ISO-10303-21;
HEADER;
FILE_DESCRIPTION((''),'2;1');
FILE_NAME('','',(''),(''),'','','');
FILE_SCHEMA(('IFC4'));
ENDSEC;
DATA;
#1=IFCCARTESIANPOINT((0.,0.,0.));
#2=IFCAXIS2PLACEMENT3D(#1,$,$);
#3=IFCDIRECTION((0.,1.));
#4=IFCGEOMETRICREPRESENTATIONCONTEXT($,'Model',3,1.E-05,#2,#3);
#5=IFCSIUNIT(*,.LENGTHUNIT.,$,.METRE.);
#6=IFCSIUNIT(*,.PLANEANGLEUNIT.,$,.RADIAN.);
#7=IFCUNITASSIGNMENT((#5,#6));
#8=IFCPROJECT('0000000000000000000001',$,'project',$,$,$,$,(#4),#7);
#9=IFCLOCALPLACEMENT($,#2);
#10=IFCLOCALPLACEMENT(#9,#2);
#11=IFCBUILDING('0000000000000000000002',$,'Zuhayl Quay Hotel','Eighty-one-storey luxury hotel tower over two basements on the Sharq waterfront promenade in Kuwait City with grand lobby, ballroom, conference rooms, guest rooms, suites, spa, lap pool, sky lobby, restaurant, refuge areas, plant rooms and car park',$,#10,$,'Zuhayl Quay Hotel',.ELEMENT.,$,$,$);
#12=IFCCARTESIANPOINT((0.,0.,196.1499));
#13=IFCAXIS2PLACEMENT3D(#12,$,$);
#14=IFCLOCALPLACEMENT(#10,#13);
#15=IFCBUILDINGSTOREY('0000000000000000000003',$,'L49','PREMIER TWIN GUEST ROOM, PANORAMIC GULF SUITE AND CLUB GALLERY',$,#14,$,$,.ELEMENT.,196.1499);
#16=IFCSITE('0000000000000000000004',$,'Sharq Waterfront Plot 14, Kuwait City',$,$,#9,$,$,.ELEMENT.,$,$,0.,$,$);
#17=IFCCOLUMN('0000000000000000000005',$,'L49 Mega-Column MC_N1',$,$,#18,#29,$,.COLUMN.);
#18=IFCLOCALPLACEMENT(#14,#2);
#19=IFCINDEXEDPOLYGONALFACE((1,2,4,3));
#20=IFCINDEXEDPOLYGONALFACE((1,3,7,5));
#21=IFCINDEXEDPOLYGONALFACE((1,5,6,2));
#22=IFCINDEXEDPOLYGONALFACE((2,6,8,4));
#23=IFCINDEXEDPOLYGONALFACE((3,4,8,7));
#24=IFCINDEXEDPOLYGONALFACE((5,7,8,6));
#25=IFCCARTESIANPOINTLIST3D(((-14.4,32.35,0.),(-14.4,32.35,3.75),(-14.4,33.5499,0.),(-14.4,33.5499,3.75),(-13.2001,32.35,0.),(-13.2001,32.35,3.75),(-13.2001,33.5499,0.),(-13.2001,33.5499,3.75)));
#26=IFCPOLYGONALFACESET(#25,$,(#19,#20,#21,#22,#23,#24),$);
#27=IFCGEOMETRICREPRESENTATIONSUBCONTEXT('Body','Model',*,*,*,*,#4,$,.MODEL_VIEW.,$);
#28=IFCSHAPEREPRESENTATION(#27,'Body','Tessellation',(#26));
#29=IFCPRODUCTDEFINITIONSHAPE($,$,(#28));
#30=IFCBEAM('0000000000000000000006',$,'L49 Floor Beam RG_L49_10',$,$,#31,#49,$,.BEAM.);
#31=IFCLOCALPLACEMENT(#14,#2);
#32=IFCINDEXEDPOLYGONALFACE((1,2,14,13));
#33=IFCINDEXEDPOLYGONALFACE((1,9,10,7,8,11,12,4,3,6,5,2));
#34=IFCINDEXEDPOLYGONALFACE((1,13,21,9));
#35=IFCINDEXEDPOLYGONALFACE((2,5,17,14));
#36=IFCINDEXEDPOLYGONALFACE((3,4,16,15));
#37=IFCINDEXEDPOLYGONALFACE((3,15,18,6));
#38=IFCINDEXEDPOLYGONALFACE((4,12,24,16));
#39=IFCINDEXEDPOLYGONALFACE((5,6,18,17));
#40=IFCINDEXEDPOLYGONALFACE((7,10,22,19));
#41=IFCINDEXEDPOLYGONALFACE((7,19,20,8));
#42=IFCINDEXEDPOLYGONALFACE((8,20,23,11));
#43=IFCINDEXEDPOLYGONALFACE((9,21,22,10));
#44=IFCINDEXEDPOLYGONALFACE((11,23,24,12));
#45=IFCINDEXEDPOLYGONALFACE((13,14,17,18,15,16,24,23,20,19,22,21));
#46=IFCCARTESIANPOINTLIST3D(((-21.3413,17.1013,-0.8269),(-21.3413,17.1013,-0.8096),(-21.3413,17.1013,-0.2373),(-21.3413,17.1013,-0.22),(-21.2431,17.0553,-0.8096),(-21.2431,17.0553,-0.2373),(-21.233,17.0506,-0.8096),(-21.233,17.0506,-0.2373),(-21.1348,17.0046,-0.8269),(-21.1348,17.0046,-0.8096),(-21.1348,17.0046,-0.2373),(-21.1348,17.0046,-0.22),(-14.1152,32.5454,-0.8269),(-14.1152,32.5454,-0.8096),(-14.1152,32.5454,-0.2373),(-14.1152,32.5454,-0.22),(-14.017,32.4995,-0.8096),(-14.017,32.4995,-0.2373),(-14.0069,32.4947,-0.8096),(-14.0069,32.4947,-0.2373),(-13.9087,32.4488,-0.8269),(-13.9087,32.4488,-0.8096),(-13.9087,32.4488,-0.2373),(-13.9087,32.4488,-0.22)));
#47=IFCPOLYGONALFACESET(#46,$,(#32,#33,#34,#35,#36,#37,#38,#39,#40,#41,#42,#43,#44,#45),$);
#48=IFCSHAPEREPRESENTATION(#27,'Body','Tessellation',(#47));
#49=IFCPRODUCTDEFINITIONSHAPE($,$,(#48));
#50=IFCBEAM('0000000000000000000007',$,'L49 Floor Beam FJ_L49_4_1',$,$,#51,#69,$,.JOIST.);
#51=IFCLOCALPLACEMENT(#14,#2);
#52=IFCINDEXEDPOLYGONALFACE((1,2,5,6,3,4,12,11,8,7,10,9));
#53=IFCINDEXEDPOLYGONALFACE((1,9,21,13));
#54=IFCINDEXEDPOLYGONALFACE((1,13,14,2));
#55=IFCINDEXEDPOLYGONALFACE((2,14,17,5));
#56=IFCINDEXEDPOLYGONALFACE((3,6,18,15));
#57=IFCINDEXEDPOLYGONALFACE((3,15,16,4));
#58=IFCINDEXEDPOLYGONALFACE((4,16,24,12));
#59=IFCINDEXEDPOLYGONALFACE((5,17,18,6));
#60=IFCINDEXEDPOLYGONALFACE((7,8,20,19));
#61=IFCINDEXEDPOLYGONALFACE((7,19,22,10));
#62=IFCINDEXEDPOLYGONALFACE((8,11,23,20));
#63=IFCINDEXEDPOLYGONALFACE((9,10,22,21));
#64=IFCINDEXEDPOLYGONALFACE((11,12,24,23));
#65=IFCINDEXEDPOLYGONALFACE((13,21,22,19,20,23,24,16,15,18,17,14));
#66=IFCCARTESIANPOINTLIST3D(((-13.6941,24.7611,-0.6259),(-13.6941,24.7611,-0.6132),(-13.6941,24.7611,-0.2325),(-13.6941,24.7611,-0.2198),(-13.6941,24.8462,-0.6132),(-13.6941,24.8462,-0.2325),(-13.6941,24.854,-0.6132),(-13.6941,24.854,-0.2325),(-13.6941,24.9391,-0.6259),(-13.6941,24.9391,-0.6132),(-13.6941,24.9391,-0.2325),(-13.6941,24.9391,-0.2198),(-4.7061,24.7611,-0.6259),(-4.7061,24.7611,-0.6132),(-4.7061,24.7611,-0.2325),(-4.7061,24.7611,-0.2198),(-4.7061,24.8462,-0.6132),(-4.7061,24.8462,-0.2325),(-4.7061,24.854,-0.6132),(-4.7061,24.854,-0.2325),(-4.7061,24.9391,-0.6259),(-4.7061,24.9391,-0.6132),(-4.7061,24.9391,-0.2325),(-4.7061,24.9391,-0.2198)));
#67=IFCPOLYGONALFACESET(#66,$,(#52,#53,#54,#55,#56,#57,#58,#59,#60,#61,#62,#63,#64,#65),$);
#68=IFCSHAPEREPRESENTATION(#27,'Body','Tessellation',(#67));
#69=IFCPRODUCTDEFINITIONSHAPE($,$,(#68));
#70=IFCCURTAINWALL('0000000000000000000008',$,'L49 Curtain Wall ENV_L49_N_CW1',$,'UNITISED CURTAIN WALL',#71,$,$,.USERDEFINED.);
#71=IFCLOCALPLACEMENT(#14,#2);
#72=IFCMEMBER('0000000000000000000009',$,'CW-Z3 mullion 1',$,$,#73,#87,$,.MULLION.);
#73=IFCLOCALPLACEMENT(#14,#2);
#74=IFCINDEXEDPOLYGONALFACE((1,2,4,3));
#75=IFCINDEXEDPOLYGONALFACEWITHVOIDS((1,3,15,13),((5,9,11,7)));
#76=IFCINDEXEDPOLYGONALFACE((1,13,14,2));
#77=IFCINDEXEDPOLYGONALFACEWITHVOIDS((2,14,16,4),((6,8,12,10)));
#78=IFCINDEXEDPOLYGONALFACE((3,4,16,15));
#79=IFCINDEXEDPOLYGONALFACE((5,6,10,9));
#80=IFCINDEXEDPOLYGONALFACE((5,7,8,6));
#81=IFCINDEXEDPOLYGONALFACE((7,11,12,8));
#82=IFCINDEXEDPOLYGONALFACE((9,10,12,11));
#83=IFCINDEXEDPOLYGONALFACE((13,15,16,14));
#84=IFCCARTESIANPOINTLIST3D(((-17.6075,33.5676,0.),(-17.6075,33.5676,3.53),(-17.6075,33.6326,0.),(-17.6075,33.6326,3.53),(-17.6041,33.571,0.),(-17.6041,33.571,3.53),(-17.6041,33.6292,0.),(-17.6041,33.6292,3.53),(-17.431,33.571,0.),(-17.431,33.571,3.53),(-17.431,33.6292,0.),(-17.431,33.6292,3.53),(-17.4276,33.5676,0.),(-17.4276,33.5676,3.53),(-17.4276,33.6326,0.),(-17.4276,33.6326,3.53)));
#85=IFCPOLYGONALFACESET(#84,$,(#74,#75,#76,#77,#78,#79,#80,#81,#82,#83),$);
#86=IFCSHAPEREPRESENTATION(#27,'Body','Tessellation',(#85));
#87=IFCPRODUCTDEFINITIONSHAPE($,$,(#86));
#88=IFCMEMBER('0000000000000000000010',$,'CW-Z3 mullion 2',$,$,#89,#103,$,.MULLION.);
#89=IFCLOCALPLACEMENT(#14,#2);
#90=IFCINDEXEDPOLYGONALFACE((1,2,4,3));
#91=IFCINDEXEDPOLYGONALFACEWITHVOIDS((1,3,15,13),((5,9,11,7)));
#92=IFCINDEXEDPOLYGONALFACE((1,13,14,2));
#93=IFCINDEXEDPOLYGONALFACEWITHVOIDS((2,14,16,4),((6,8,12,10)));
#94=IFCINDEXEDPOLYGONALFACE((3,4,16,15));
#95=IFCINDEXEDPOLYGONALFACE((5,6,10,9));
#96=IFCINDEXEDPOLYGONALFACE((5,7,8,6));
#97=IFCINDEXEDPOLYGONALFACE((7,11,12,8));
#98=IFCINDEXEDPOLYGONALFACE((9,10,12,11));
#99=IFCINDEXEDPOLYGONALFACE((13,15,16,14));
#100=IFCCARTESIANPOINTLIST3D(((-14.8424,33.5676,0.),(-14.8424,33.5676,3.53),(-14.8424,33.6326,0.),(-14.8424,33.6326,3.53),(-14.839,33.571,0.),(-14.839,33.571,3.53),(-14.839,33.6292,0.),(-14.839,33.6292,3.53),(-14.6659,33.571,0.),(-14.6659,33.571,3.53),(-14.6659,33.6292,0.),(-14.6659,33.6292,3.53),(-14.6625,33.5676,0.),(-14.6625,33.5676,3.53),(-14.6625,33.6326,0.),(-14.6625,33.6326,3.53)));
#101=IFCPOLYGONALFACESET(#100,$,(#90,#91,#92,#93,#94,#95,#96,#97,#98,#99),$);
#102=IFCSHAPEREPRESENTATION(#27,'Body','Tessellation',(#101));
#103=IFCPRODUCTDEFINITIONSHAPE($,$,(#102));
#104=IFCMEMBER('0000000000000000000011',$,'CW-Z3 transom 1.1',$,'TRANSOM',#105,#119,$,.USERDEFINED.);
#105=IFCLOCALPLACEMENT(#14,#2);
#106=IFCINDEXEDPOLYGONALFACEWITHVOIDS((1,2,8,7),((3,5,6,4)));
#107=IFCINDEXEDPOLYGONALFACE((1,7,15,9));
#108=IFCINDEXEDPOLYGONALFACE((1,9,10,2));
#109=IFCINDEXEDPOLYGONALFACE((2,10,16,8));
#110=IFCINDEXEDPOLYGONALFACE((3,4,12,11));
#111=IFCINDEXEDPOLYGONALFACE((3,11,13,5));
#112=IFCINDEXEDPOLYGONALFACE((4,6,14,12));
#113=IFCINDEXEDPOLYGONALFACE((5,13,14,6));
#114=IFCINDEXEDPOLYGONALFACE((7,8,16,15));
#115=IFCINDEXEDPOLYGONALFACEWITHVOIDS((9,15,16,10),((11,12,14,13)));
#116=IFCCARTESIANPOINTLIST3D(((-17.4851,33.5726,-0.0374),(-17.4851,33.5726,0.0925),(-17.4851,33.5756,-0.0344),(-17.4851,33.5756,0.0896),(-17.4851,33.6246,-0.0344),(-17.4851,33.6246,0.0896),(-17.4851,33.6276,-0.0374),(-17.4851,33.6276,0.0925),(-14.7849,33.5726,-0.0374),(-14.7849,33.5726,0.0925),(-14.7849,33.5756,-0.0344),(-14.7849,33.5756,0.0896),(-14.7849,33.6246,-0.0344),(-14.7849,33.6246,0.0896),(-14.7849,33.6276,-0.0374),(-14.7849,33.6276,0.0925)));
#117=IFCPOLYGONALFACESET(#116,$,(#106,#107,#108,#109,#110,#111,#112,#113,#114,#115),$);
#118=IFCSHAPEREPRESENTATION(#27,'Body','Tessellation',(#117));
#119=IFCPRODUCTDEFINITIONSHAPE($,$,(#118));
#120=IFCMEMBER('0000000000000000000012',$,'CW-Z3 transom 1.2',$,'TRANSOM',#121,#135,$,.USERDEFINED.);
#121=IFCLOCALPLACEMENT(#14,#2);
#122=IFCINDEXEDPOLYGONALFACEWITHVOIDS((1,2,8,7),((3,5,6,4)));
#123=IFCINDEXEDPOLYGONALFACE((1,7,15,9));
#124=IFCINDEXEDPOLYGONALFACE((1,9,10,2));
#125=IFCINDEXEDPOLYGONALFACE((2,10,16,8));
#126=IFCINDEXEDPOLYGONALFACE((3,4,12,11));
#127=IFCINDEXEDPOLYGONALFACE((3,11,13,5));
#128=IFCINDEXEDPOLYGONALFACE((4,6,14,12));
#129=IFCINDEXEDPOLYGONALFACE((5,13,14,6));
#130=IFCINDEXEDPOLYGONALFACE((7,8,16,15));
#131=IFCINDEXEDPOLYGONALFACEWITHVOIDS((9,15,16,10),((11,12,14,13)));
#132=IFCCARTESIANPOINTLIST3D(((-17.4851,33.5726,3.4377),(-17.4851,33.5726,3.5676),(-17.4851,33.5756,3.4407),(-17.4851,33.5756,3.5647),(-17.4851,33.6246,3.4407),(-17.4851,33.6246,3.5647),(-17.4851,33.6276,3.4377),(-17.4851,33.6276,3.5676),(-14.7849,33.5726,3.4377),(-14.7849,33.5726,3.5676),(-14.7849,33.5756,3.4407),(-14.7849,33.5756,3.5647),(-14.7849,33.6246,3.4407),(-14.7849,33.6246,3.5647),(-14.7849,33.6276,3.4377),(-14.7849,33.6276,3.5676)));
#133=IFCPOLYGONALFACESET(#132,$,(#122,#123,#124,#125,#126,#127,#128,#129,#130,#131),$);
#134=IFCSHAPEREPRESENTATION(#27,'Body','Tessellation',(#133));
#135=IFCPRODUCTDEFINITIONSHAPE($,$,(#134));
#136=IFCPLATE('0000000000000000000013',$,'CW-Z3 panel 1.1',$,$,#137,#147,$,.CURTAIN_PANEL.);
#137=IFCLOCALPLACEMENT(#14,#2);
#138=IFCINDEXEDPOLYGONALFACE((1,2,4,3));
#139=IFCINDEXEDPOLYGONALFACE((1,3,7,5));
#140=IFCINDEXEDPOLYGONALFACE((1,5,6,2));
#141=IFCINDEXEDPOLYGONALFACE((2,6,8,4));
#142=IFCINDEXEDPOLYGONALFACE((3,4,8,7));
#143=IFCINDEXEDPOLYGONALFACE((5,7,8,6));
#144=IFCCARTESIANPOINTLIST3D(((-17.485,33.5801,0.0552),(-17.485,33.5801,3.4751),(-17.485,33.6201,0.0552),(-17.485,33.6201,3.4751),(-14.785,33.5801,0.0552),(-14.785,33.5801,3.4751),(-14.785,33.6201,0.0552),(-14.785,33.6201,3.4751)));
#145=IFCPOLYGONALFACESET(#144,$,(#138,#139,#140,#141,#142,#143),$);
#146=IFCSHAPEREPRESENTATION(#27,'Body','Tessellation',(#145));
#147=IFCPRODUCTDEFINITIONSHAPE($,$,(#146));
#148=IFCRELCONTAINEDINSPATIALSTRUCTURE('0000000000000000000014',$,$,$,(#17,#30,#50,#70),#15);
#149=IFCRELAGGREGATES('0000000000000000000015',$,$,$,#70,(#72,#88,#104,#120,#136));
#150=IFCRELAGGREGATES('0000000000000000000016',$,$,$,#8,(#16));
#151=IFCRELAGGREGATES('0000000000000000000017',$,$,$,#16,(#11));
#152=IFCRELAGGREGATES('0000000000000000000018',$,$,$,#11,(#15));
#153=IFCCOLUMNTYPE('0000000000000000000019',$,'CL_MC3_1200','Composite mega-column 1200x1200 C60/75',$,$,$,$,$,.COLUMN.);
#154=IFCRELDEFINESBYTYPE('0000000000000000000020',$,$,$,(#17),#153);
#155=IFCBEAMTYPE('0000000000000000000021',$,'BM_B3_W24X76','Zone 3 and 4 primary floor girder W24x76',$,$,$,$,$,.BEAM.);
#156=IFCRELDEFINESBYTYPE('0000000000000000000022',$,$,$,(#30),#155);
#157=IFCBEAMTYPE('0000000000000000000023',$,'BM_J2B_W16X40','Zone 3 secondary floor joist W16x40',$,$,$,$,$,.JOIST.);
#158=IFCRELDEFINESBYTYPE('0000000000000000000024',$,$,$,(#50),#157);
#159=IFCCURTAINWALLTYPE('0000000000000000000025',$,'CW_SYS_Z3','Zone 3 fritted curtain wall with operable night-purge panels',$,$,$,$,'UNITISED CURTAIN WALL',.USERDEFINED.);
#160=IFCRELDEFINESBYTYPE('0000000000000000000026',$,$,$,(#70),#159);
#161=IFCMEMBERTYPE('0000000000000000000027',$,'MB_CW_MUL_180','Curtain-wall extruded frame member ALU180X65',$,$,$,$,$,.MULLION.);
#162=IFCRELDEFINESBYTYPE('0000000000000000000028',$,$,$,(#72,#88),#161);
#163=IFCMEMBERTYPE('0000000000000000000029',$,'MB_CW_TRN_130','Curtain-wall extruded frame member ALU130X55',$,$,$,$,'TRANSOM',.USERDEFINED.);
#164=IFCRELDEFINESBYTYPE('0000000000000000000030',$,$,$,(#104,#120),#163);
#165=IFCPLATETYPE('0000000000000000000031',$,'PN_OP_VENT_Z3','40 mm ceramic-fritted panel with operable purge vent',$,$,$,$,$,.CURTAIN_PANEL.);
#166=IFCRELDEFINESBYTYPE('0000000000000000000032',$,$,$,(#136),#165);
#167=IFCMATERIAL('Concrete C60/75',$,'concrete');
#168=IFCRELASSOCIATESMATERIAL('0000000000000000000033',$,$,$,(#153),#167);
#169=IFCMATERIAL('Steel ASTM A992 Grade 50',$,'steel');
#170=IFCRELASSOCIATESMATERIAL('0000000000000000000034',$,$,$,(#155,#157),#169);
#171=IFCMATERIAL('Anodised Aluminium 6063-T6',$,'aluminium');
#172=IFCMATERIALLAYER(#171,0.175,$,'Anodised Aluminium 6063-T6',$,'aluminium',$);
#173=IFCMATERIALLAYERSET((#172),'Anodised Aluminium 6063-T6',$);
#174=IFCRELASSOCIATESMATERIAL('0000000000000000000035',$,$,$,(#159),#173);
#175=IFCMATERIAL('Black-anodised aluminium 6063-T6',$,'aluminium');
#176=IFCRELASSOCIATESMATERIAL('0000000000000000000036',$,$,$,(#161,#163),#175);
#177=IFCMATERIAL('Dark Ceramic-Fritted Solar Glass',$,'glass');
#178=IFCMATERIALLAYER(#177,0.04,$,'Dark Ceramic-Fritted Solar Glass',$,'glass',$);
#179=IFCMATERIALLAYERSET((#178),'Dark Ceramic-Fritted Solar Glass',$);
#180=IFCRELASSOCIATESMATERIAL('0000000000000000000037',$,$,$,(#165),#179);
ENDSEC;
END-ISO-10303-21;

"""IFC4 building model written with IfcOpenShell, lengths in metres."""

from ifc_helpers import new_model, si_unit, direction, frame, origin, origin_2d, place, context, subcontext, project, spatial, rectangle, hollow_rectangle, i_section, extrude, material, layer, layer_set, material_profile, profile_set, type_object, element, aggregate, save


model = new_model("IFC4")

# Units and contexts
model_context = context("Model", 3, precision=1e-05, world=origin(), true_north=direction((0.0, 1.0)))
body_context = subcontext(model_context, "Body", "Model", "MODEL_VIEW")
ifc_project = project(units=[si_unit("LENGTHUNIT", "METRE"), si_unit("PLANEANGLEUNIT", "RADIAN")], contexts=[model_context])

# Site, building, storey
site_placement = place(None, origin())
site = spatial("IfcSite", under=ifc_project, at=site_placement, Name="Sharq Waterfront Plot 14, Kuwait City", CompositionType="ELEMENT", RefElevation=0.0)
building_placement = place(site_placement, origin())
building = spatial("IfcBuilding", under=site, at=building_placement, Name="Zuhayl Quay Hotel", Description="Eighty-one-storey luxury hotel tower over two basements on the Sharq waterfront promenade in Kuwait City with grand lobby, ballroom, conference rooms, guest rooms, suites, spa, lap pool, sky lobby, restaurant, refuge areas, plant rooms and car park", LongName="Zuhayl Quay Hotel", CompositionType="ELEMENT")
storey_placement = place(building_placement, frame((0.0, 0.0, 196.1499)))
storey = spatial("IfcBuildingStorey", under=building, at=storey_placement, Name="L49", Description="PREMIER TWIN GUEST ROOM, PANORAMIC GULF SUITE AND CLUB GALLERY", CompositionType="ELEMENT", Elevation=196.1499)

# Column
ifc_material_1 = material(Name="Concrete C60/75", Category="concrete")
ifc_material_profile_1 = material_profile(ifc_material_1, rectangle(XDim=1.2, YDim=1.2, at=origin_2d()), Name="RC1200X1200")
ifc_profile_set_1 = profile_set([ifc_material_profile_1], Name="Concrete C60/75")
column_type = type_object("IfcColumnType", Name="CL_MC3_1200", Description="Composite mega-column 1200x1200 C60/75", PredefinedType="COLUMN", material=ifc_profile_set_1)
column_placement = place(storey_placement, frame((-13.8, 32.95, 0.0), z_axis=(0.0, 0.0, 1.0), x_axis=(1.0, 0.0, 0.0)))
element("IfcColumn", 1, at=column_placement, inside=storey, type_object=column_type, Name="L49 Mega-Column MC_N1", PredefinedType="COLUMN", context=body_context, shape_type="SweptSolid", body=[
    extrude(rectangle(XDim=1.2, YDim=1.2, at=origin_2d()), origin(), (0.0, 0.0, 1.0), 3.75),
])

# Beams
ifc_material_2 = material(Name="Steel ASTM A992 Grade 50", Category="steel")
ifc_material_profile_2 = material_profile(ifc_material_2, i_section(OverallWidth=0.228, OverallDepth=0.6069, WebThickness=0.0112, FlangeThickness=0.0173, at=origin_2d()), Name="W24X76")
ifc_profile_set_2 = profile_set([ifc_material_profile_2], Name="Steel ASTM A992 Grade 50")
beam_type_1 = type_object("IfcBeamType", Name="BM_B3_W24X76", Description="Zone 3 and 4 primary floor girder W24x76", PredefinedType="BEAM", material=ifc_profile_set_2)
beam_1_placement = place(storey_placement, frame((-14.012, 32.4971, -0.5234), z_axis=(-0.423792, -0.905759, 0.0), x_axis=(0.905759, -0.423792, 0.0)))
element("IfcBeam", 2, at=beam_1_placement, inside=storey, type_object=beam_type_1, Name="L49 Floor Beam RG_L49_10", PredefinedType="BEAM", context=body_context, shape_type="SweptSolid", body=[
    extrude(i_section(OverallWidth=0.228, OverallDepth=0.6069, WebThickness=0.0112, FlangeThickness=0.0173, at=origin_2d()), origin(), (0.0, 0.0, 1.0), 17.051),
])
ifc_material_profile_3 = material_profile(ifc_material_2, i_section(OverallWidth=0.178, OverallDepth=0.406, WebThickness=0.0078, FlangeThickness=0.0127, at=origin_2d()), Name="W16X40")
ifc_profile_set_3 = profile_set([ifc_material_profile_3], Name="Steel ASTM A992 Grade 50")
beam_type_2 = type_object("IfcBeamType", Name="BM_J2B_W16X40", Description="Zone 3 secondary floor joist W16x40", PredefinedType="JOIST", material=ifc_profile_set_3)
beam_2_placement = place(storey_placement, frame((-13.6941, 24.8501, -0.4229), z_axis=(1.0, 0.0, 0.0), x_axis=(0.0, 1.0, 0.0)))
element("IfcBeam", 3, at=beam_2_placement, inside=storey, type_object=beam_type_2, Name="L49 Floor Beam FJ_L49_4_1", PredefinedType="JOIST", context=body_context, shape_type="SweptSolid", body=[
    extrude(i_section(OverallWidth=0.178, OverallDepth=0.406, WebThickness=0.0078, FlangeThickness=0.0127, at=origin_2d()), origin(), (0.0, 0.0, 1.0), 8.988),
])

# Curtain wall, members, plate
ifc_material_3 = material(Name="Anodised Aluminium 6063-T6", Category="aluminium")
ifc_layer_1 = layer(ifc_material_3, 0.175, Name="Anodised Aluminium 6063-T6", Category="aluminium")
ifc_layer_set_1 = layer_set([ifc_layer_1], Name="Anodised Aluminium 6063-T6")
curtain_wall_type = type_object("IfcCurtainWallType", Name="CW_SYS_Z3", Description="Zone 3 fritted curtain wall with operable night-purge panels", ElementType="UNITISED CURTAIN WALL", PredefinedType="USERDEFINED", material=ifc_layer_set_1)
curtain_wall_placement = place(storey_placement, origin())
curtain_wall = element("IfcCurtainWall", 4, at=curtain_wall_placement, inside=storey, type_object=curtain_wall_type, Name="L49 Curtain Wall ENV_L49_N_CW1", ObjectType="UNITISED CURTAIN WALL", PredefinedType="USERDEFINED")
ifc_material_4 = material(Name="Black-anodised aluminium 6063-T6", Category="aluminium")
ifc_material_profile_4 = material_profile(ifc_material_4, hollow_rectangle(XDim=0.0649, YDim=0.1799, WallThickness=0.0034, at=origin_2d()), Name="ALU180X65")
ifc_profile_set_4 = profile_set([ifc_material_profile_4], Name="Black-anodised aluminium 6063-T6")
member_type_1 = type_object("IfcMemberType", Name="MB_CW_MUL_180", Description="Curtain-wall extruded frame member ALU180X65", PredefinedType="MULLION", material=ifc_profile_set_4)
member_1_placement = place(storey_placement, frame((-17.5176, 33.6001, 0.0), z_axis=(0.0, 0.0, 1.0), x_axis=(0.0, 1.0, 0.0)))
member_1 = element("IfcMember", 5, at=member_1_placement, type_object=member_type_1, Name="CW-Z3 mullion 1", PredefinedType="MULLION", context=body_context, shape_type="SweptSolid", body=[
    extrude(hollow_rectangle(XDim=0.0649, YDim=0.1799, WallThickness=0.0034, at=origin_2d()), origin(), (0.0, 0.0, 1.0), 3.53),
])
member_2_placement = place(storey_placement, frame((-14.7524, 33.6001, 0.0), z_axis=(0.0, 0.0, 1.0), x_axis=(0.0, 1.0, 0.0)))
member_2 = element("IfcMember", 6, at=member_2_placement, type_object=member_type_1, Name="CW-Z3 mullion 2", PredefinedType="MULLION", context=body_context, shape_type="SweptSolid", body=[
    extrude(hollow_rectangle(XDim=0.0649, YDim=0.1799, WallThickness=0.0034, at=origin_2d()), origin(), (0.0, 0.0, 1.0), 3.53),
])
ifc_material_profile_5 = material_profile(ifc_material_4, hollow_rectangle(XDim=0.0549, YDim=0.1299, WallThickness=0.0029, at=origin_2d()), Name="ALU130X55")
ifc_profile_set_5 = profile_set([ifc_material_profile_5], Name="Black-anodised aluminium 6063-T6")
member_type_2 = type_object("IfcMemberType", Name="MB_CW_TRN_130", Description="Curtain-wall extruded frame member ALU130X55", ElementType="TRANSOM", PredefinedType="USERDEFINED", material=ifc_profile_set_5)
member_3_placement = place(storey_placement, frame((-17.4851, 33.6001, 0.0276), z_axis=(1.0, 0.0, 0.0), x_axis=(0.0, 1.0, 0.0)))
member_3 = element("IfcMember", 7, at=member_3_placement, type_object=member_type_2, Name="CW-Z3 transom 1.1", ObjectType="TRANSOM", PredefinedType="USERDEFINED", context=body_context, shape_type="SweptSolid", body=[
    extrude(hollow_rectangle(XDim=0.0549, YDim=0.1299, WallThickness=0.0029, at=origin_2d()), origin(), (0.0, 0.0, 1.0), 2.7002),
])
member_4_placement = place(storey_placement, frame((-17.4851, 33.6001, 3.5027), z_axis=(1.0, 0.0, 0.0), x_axis=(0.0, 1.0, 0.0)))
member_4 = element("IfcMember", 8, at=member_4_placement, type_object=member_type_2, Name="CW-Z3 transom 1.2", ObjectType="TRANSOM", PredefinedType="USERDEFINED", context=body_context, shape_type="SweptSolid", body=[
    extrude(hollow_rectangle(XDim=0.0549, YDim=0.1299, WallThickness=0.0029, at=origin_2d()), origin(), (0.0, 0.0, 1.0), 2.7002),
])
ifc_material_5 = material(Name="Dark Ceramic-Fritted Solar Glass", Category="glass")
ifc_layer_2 = layer(ifc_material_5, 0.04, Name="Dark Ceramic-Fritted Solar Glass", Category="glass")
ifc_layer_set_2 = layer_set([ifc_layer_2], Name="Dark Ceramic-Fritted Solar Glass")
plate_type = type_object("IfcPlateType", Name="PN_OP_VENT_Z3", Description="40 mm ceramic-fritted panel with operable purge vent", PredefinedType="CURTAIN_PANEL", material=ifc_layer_set_2)
plate_placement = place(storey_placement, frame((-16.135, 33.6001, 0.0552), z_axis=(0.0, 0.0, 1.0), x_axis=(1.0, 0.0, 0.0)))
plate = element("IfcPlate", 9, at=plate_placement, type_object=plate_type, Name="CW-Z3 panel 1.1", PredefinedType="CURTAIN_PANEL", context=body_context, shape_type="SweptSolid", body=[
    extrude(rectangle(XDim=2.7, YDim=0.04, at=origin_2d()), origin(), (0.0, 0.0, 1.0), 3.4199),
])
aggregate(curtain_wall, [member_1, member_2, member_3, member_4, plate])

save(model, "model.ifc")
